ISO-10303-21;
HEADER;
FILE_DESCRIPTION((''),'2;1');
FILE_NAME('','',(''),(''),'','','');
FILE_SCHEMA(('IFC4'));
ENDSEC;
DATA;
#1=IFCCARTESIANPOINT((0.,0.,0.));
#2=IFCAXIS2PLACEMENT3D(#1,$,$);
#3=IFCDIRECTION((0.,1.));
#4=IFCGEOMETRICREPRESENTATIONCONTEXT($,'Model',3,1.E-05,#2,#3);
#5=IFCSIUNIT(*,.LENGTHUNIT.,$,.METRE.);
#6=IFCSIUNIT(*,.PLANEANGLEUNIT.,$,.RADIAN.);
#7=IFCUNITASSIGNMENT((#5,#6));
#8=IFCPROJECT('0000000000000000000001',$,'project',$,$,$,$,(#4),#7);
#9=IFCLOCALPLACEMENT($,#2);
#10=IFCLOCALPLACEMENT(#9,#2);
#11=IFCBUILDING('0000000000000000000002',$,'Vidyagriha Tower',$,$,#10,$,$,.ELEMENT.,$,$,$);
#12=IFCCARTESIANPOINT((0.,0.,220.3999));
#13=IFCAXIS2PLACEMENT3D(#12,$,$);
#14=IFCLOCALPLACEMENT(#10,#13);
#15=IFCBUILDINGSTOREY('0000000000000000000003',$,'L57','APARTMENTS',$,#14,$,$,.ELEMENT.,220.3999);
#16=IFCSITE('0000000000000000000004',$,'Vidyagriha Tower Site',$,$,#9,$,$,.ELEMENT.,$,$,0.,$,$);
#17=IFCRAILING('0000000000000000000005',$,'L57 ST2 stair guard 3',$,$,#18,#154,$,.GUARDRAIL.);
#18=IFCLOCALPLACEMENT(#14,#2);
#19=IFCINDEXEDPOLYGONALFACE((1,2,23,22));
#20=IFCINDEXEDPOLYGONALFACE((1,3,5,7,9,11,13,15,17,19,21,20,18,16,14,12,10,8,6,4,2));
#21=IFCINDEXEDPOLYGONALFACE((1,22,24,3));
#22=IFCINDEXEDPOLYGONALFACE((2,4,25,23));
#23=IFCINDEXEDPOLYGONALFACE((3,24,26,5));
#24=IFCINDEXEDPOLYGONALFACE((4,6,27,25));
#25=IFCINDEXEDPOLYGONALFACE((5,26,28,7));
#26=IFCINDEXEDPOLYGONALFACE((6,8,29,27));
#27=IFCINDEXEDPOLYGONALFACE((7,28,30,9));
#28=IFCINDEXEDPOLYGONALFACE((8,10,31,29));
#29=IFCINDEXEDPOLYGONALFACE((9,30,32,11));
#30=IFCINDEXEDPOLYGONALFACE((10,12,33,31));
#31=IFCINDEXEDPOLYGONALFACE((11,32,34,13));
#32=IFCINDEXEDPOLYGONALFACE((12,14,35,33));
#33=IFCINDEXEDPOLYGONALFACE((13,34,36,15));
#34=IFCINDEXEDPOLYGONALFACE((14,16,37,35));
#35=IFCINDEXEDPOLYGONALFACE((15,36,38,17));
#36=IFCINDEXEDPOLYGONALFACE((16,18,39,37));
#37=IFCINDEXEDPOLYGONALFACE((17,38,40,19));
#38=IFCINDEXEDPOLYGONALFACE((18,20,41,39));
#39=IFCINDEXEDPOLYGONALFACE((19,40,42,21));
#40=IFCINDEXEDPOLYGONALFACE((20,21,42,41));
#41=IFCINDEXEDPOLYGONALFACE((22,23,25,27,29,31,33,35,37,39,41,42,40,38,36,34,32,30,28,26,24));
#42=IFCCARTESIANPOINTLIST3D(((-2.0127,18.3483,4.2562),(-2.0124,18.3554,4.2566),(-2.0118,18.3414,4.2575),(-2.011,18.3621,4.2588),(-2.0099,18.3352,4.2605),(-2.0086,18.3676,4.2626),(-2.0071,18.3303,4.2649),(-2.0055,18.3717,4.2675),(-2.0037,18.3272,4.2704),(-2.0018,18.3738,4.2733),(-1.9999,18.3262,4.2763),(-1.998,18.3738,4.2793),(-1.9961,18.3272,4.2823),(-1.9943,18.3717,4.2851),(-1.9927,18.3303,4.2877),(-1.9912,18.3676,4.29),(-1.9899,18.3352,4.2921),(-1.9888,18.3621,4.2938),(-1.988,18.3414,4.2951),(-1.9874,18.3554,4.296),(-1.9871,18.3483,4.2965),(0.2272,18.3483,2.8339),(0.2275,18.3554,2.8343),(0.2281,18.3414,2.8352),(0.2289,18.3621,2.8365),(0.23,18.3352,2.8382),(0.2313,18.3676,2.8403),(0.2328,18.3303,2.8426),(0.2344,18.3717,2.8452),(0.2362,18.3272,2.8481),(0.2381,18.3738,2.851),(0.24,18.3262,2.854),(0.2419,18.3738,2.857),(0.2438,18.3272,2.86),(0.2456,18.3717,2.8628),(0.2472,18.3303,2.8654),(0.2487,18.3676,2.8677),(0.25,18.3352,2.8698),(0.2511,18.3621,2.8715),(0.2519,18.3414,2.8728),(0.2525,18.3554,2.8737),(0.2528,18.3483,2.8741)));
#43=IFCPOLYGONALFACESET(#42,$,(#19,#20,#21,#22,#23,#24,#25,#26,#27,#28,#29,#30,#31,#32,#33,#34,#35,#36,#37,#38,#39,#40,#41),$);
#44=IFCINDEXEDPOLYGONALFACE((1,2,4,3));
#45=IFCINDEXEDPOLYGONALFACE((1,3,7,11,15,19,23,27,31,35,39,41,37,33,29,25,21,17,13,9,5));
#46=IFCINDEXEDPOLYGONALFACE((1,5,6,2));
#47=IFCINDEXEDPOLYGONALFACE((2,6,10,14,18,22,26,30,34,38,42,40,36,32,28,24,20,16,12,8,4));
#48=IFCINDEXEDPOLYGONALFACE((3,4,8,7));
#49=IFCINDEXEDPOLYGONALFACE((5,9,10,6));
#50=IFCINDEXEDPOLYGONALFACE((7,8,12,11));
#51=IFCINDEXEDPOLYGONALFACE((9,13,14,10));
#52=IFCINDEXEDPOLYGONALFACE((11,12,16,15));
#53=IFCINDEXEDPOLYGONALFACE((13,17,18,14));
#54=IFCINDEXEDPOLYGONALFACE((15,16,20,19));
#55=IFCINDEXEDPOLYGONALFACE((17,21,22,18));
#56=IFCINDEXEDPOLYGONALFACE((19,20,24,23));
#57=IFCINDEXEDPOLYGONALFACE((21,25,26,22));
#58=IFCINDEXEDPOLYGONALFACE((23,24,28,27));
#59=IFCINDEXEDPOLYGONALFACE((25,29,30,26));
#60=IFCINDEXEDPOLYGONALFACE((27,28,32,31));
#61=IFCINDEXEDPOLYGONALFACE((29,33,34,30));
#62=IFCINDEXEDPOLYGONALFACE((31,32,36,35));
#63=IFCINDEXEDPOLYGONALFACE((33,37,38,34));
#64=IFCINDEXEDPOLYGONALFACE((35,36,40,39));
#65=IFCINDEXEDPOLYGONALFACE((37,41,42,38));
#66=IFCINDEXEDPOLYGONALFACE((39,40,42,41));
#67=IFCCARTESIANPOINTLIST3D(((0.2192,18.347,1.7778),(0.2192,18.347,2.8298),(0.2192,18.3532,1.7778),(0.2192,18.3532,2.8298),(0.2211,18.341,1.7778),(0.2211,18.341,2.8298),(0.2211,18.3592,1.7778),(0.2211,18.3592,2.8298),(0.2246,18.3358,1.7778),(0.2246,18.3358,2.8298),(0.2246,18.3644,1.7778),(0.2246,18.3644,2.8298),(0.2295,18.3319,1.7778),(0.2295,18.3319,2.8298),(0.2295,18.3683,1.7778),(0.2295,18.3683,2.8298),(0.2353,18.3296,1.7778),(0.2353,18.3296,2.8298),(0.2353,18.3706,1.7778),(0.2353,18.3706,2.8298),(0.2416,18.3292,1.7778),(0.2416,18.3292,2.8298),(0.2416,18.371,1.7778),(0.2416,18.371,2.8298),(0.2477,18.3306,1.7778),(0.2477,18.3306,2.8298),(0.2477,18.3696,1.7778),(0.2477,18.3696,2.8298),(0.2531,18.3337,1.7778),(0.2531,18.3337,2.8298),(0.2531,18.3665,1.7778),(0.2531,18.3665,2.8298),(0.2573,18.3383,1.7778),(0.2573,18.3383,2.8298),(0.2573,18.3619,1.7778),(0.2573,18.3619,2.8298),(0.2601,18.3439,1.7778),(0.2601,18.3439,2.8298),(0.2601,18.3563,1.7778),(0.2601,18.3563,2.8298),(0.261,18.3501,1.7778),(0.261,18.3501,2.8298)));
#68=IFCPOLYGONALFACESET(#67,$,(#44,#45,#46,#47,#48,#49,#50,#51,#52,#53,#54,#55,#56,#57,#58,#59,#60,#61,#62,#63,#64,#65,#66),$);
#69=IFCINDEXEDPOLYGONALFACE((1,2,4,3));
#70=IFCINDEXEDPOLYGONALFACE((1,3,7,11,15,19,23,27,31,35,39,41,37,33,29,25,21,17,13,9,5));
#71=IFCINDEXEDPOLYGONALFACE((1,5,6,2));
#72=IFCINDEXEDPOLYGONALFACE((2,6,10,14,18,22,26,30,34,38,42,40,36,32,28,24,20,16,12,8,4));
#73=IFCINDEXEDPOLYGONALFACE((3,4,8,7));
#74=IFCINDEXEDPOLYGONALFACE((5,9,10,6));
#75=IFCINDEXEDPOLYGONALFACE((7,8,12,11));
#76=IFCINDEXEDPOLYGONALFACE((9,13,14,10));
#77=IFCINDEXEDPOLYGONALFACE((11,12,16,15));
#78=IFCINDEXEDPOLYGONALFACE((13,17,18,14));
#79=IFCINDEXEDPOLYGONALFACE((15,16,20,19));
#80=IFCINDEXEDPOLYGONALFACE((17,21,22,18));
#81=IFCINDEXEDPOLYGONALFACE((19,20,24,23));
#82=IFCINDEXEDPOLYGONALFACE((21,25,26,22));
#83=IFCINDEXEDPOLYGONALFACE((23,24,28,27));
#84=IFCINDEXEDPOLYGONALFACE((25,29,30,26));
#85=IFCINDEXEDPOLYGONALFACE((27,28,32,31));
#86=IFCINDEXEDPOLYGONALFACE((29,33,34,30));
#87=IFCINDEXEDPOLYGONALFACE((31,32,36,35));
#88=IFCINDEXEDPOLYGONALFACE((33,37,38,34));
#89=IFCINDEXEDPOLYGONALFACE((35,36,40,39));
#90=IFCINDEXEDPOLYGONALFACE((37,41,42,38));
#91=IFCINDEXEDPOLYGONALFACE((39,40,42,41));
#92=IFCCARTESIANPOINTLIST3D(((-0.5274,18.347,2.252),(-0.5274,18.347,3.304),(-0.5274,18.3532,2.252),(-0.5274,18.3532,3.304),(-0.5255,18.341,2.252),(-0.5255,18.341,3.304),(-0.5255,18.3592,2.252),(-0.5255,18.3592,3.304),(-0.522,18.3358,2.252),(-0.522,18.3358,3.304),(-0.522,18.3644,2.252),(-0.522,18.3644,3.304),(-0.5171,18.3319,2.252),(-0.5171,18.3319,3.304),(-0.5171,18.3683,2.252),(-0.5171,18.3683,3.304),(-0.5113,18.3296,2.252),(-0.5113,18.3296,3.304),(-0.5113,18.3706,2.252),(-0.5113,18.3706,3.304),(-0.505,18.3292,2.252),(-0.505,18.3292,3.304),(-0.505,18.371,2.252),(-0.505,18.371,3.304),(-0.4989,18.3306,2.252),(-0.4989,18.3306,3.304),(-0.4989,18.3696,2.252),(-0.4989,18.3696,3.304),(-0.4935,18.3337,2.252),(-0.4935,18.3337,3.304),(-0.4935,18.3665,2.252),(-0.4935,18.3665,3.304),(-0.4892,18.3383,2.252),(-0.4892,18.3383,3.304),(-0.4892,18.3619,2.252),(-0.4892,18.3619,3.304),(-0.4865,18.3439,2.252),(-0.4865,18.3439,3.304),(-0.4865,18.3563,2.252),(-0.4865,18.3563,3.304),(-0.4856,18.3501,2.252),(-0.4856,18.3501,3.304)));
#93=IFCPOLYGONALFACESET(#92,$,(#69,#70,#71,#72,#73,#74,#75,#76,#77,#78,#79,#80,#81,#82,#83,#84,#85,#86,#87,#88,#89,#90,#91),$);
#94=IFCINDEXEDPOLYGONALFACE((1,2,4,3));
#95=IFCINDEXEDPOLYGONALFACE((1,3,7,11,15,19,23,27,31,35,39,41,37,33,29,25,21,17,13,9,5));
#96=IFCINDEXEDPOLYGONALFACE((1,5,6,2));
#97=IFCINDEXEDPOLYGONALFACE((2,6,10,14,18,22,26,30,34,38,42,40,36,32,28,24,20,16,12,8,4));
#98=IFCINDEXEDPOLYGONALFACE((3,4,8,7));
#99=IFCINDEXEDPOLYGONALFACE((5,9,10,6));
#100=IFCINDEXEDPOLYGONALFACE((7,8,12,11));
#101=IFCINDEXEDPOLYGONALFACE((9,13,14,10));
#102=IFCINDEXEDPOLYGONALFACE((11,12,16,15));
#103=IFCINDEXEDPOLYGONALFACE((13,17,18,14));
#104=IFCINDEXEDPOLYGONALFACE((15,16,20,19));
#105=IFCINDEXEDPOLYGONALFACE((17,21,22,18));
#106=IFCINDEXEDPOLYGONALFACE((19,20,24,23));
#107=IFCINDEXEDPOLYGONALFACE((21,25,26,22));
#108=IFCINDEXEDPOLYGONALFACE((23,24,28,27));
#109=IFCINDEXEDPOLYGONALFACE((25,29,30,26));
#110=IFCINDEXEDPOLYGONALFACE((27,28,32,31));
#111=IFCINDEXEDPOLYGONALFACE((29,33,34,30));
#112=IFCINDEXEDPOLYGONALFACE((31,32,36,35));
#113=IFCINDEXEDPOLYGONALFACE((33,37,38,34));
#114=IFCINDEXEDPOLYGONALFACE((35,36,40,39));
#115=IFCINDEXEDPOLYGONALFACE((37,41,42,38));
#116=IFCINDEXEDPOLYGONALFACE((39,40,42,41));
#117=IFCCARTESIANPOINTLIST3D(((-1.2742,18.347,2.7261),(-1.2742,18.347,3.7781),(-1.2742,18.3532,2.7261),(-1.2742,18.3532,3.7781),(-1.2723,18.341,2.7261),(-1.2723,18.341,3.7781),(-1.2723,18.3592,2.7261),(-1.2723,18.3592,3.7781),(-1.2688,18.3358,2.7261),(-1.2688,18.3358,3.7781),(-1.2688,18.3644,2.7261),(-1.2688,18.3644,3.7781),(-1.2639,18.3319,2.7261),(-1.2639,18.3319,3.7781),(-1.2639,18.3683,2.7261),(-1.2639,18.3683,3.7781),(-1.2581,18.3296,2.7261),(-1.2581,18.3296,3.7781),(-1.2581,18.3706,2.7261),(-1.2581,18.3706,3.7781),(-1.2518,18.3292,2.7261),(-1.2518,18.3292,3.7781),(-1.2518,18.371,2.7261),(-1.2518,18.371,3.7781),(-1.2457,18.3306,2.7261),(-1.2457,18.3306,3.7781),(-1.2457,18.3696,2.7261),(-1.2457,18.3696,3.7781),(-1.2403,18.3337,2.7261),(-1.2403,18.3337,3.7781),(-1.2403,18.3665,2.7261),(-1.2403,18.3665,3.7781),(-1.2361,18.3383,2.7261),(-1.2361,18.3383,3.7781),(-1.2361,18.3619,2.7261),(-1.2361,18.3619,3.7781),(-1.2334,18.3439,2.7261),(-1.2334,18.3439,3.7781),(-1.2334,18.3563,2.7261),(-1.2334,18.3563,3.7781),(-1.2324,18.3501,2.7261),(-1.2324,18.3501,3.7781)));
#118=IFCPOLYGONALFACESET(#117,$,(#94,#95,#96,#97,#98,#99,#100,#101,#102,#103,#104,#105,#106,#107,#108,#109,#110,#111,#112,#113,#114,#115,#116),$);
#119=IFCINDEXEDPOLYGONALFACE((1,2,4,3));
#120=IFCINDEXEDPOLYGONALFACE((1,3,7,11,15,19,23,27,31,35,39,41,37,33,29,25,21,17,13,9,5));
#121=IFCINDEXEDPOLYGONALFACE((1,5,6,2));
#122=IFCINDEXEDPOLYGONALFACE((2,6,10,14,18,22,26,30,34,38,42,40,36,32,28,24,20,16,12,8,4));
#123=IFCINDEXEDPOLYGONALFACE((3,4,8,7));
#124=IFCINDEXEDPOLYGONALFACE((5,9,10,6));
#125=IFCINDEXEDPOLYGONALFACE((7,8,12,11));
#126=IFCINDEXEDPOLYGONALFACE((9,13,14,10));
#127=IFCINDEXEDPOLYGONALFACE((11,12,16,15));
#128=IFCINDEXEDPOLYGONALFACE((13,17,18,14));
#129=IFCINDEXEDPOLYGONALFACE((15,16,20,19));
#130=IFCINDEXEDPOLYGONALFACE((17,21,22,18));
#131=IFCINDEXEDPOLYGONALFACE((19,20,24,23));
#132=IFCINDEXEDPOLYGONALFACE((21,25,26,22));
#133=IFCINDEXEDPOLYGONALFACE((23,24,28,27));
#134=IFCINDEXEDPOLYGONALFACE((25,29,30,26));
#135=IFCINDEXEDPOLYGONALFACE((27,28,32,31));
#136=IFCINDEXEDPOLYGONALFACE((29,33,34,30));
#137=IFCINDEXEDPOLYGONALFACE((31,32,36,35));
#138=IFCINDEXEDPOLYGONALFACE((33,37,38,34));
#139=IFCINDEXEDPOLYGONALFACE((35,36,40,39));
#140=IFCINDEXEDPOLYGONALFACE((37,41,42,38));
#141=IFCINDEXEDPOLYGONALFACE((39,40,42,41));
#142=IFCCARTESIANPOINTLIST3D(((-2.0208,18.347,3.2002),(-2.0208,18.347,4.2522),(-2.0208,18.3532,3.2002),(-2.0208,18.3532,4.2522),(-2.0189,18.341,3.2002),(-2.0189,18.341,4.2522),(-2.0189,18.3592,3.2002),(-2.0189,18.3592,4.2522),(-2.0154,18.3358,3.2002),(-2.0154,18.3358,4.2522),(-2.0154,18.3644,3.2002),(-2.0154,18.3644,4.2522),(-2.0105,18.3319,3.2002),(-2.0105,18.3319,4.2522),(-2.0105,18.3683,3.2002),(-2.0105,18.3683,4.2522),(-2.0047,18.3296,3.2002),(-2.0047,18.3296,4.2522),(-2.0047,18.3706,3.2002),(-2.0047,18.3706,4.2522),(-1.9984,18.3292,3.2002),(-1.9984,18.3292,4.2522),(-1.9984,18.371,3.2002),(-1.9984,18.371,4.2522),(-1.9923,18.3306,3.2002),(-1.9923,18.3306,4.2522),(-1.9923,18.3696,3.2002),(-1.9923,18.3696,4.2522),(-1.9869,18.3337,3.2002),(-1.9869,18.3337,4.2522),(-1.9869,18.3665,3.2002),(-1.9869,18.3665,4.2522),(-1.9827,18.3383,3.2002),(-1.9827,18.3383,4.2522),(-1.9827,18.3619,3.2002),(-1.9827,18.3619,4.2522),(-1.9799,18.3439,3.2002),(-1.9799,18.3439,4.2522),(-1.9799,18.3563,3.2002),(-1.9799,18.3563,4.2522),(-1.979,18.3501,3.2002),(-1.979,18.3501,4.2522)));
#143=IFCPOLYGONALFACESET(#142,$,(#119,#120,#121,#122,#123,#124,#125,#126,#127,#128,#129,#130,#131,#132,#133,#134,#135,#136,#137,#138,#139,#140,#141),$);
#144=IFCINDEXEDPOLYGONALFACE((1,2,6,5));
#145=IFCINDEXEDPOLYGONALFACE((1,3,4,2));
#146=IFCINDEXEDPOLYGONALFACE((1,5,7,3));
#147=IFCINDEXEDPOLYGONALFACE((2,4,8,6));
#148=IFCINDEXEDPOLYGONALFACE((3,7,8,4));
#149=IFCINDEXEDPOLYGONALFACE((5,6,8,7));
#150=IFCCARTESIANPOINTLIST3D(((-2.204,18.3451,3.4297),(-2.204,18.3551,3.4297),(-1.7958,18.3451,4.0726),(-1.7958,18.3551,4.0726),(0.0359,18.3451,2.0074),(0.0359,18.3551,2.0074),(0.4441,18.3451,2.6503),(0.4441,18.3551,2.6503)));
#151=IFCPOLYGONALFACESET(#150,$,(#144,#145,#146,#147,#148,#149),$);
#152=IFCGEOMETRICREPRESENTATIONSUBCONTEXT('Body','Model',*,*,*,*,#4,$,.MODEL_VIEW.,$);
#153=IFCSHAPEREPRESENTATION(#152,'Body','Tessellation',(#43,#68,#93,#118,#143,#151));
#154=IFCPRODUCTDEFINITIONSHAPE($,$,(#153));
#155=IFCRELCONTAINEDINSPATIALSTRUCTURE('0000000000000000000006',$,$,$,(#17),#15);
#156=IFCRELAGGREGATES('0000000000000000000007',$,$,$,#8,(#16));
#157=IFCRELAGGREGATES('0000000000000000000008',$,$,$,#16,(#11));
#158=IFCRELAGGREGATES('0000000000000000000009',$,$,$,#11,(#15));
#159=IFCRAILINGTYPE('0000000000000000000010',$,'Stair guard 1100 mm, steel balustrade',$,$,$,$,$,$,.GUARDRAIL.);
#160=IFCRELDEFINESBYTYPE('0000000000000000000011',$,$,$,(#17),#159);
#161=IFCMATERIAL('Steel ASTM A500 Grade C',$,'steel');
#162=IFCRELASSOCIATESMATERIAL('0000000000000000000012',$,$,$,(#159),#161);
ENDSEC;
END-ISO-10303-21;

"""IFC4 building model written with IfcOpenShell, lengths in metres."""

from ifc_helpers import new_model, si_unit, direction, frame, origin, origin_2d, place, context, subcontext, project, spatial, rectangle, circle, extrude, material, type_object, element, save


model = new_model("IFC4")

# Units and contexts
model_context = context("Model", 3, precision=1e-05, world=origin(), true_north=direction((0.0, 1.0)))
body_context = subcontext(model_context, "Body", "Model", "MODEL_VIEW")
ifc_project = project(units=[si_unit("LENGTHUNIT", "METRE"), si_unit("PLANEANGLEUNIT", "RADIAN")], contexts=[model_context])

# Site, building, storey
site_placement = place(None, origin())
site = spatial("IfcSite", under=ifc_project, at=site_placement, Name="Vidyagriha Tower Site", CompositionType="ELEMENT", RefElevation=0.0)
building_placement = place(site_placement, origin())
building = spatial("IfcBuilding", under=site, at=building_placement, Name="Vidyagriha Tower", CompositionType="ELEMENT")
storey_placement = place(building_placement, frame((0.0, 0.0, 220.3999)))
storey = spatial("IfcBuildingStorey", under=building, at=storey_placement, Name="L57", Description="APARTMENTS", CompositionType="ELEMENT", Elevation=220.3999)

# Railing
ifc_material_1 = material(Name="Steel ASTM A500 Grade C", Category="steel")
railing_type_1 = type_object("IfcRailingType", Name="Stair guard 1100 mm, steel balustrade", PredefinedType="GUARDRAIL", material=ifc_material_1)
railing_1_placement = place(storey_placement, frame((0.24, 18.3501, 1.7778)))
element("IfcRailing", 1, at=railing_1_placement, inside=storey, type_object=railing_type_1, Name="L57 ST2 stair guard 3", PredefinedType="GUARDRAIL", context=body_context, shape_type="SweptSolid", body=[
    extrude(circle(Radius=0.0239, at=origin_2d()), frame((0.0, 0.0, 1.0762), z_axis=(-0.844188, 0.0, 0.536048), x_axis=(0.0, -1.0, 0.0)), (0.0, 0.0, 1.0), 2.6533),
    extrude(circle(Radius=0.021, at=origin_2d()), origin(), (0.0, 0.0, 1.0), 1.052),
    extrude(circle(Radius=0.021, at=origin_2d()), frame((-0.7466, 0.0, 0.4741)), (0.0, 0.0, 1.0), 1.052),
    extrude(circle(Radius=0.021, at=origin_2d()), frame((-1.4934, 0.0, 0.9482)), (0.0, 0.0, 1.0), 1.052),
    extrude(circle(Radius=0.021, at=origin_2d()), frame((-2.24, 0.0, 1.4224)), (0.0, 0.0, 1.0), 1.052),
    extrude(rectangle(XDim=0.01, YDim=0.7615, at=origin_2d()), frame((0.0, 0.0, 0.551), z_axis=(-0.844188, 0.0, 0.536048), x_axis=(0.0, -1.0, 0.0)), (0.0, 0.0, 1.0), 2.6533),
])

save(model, "model.ifc")
